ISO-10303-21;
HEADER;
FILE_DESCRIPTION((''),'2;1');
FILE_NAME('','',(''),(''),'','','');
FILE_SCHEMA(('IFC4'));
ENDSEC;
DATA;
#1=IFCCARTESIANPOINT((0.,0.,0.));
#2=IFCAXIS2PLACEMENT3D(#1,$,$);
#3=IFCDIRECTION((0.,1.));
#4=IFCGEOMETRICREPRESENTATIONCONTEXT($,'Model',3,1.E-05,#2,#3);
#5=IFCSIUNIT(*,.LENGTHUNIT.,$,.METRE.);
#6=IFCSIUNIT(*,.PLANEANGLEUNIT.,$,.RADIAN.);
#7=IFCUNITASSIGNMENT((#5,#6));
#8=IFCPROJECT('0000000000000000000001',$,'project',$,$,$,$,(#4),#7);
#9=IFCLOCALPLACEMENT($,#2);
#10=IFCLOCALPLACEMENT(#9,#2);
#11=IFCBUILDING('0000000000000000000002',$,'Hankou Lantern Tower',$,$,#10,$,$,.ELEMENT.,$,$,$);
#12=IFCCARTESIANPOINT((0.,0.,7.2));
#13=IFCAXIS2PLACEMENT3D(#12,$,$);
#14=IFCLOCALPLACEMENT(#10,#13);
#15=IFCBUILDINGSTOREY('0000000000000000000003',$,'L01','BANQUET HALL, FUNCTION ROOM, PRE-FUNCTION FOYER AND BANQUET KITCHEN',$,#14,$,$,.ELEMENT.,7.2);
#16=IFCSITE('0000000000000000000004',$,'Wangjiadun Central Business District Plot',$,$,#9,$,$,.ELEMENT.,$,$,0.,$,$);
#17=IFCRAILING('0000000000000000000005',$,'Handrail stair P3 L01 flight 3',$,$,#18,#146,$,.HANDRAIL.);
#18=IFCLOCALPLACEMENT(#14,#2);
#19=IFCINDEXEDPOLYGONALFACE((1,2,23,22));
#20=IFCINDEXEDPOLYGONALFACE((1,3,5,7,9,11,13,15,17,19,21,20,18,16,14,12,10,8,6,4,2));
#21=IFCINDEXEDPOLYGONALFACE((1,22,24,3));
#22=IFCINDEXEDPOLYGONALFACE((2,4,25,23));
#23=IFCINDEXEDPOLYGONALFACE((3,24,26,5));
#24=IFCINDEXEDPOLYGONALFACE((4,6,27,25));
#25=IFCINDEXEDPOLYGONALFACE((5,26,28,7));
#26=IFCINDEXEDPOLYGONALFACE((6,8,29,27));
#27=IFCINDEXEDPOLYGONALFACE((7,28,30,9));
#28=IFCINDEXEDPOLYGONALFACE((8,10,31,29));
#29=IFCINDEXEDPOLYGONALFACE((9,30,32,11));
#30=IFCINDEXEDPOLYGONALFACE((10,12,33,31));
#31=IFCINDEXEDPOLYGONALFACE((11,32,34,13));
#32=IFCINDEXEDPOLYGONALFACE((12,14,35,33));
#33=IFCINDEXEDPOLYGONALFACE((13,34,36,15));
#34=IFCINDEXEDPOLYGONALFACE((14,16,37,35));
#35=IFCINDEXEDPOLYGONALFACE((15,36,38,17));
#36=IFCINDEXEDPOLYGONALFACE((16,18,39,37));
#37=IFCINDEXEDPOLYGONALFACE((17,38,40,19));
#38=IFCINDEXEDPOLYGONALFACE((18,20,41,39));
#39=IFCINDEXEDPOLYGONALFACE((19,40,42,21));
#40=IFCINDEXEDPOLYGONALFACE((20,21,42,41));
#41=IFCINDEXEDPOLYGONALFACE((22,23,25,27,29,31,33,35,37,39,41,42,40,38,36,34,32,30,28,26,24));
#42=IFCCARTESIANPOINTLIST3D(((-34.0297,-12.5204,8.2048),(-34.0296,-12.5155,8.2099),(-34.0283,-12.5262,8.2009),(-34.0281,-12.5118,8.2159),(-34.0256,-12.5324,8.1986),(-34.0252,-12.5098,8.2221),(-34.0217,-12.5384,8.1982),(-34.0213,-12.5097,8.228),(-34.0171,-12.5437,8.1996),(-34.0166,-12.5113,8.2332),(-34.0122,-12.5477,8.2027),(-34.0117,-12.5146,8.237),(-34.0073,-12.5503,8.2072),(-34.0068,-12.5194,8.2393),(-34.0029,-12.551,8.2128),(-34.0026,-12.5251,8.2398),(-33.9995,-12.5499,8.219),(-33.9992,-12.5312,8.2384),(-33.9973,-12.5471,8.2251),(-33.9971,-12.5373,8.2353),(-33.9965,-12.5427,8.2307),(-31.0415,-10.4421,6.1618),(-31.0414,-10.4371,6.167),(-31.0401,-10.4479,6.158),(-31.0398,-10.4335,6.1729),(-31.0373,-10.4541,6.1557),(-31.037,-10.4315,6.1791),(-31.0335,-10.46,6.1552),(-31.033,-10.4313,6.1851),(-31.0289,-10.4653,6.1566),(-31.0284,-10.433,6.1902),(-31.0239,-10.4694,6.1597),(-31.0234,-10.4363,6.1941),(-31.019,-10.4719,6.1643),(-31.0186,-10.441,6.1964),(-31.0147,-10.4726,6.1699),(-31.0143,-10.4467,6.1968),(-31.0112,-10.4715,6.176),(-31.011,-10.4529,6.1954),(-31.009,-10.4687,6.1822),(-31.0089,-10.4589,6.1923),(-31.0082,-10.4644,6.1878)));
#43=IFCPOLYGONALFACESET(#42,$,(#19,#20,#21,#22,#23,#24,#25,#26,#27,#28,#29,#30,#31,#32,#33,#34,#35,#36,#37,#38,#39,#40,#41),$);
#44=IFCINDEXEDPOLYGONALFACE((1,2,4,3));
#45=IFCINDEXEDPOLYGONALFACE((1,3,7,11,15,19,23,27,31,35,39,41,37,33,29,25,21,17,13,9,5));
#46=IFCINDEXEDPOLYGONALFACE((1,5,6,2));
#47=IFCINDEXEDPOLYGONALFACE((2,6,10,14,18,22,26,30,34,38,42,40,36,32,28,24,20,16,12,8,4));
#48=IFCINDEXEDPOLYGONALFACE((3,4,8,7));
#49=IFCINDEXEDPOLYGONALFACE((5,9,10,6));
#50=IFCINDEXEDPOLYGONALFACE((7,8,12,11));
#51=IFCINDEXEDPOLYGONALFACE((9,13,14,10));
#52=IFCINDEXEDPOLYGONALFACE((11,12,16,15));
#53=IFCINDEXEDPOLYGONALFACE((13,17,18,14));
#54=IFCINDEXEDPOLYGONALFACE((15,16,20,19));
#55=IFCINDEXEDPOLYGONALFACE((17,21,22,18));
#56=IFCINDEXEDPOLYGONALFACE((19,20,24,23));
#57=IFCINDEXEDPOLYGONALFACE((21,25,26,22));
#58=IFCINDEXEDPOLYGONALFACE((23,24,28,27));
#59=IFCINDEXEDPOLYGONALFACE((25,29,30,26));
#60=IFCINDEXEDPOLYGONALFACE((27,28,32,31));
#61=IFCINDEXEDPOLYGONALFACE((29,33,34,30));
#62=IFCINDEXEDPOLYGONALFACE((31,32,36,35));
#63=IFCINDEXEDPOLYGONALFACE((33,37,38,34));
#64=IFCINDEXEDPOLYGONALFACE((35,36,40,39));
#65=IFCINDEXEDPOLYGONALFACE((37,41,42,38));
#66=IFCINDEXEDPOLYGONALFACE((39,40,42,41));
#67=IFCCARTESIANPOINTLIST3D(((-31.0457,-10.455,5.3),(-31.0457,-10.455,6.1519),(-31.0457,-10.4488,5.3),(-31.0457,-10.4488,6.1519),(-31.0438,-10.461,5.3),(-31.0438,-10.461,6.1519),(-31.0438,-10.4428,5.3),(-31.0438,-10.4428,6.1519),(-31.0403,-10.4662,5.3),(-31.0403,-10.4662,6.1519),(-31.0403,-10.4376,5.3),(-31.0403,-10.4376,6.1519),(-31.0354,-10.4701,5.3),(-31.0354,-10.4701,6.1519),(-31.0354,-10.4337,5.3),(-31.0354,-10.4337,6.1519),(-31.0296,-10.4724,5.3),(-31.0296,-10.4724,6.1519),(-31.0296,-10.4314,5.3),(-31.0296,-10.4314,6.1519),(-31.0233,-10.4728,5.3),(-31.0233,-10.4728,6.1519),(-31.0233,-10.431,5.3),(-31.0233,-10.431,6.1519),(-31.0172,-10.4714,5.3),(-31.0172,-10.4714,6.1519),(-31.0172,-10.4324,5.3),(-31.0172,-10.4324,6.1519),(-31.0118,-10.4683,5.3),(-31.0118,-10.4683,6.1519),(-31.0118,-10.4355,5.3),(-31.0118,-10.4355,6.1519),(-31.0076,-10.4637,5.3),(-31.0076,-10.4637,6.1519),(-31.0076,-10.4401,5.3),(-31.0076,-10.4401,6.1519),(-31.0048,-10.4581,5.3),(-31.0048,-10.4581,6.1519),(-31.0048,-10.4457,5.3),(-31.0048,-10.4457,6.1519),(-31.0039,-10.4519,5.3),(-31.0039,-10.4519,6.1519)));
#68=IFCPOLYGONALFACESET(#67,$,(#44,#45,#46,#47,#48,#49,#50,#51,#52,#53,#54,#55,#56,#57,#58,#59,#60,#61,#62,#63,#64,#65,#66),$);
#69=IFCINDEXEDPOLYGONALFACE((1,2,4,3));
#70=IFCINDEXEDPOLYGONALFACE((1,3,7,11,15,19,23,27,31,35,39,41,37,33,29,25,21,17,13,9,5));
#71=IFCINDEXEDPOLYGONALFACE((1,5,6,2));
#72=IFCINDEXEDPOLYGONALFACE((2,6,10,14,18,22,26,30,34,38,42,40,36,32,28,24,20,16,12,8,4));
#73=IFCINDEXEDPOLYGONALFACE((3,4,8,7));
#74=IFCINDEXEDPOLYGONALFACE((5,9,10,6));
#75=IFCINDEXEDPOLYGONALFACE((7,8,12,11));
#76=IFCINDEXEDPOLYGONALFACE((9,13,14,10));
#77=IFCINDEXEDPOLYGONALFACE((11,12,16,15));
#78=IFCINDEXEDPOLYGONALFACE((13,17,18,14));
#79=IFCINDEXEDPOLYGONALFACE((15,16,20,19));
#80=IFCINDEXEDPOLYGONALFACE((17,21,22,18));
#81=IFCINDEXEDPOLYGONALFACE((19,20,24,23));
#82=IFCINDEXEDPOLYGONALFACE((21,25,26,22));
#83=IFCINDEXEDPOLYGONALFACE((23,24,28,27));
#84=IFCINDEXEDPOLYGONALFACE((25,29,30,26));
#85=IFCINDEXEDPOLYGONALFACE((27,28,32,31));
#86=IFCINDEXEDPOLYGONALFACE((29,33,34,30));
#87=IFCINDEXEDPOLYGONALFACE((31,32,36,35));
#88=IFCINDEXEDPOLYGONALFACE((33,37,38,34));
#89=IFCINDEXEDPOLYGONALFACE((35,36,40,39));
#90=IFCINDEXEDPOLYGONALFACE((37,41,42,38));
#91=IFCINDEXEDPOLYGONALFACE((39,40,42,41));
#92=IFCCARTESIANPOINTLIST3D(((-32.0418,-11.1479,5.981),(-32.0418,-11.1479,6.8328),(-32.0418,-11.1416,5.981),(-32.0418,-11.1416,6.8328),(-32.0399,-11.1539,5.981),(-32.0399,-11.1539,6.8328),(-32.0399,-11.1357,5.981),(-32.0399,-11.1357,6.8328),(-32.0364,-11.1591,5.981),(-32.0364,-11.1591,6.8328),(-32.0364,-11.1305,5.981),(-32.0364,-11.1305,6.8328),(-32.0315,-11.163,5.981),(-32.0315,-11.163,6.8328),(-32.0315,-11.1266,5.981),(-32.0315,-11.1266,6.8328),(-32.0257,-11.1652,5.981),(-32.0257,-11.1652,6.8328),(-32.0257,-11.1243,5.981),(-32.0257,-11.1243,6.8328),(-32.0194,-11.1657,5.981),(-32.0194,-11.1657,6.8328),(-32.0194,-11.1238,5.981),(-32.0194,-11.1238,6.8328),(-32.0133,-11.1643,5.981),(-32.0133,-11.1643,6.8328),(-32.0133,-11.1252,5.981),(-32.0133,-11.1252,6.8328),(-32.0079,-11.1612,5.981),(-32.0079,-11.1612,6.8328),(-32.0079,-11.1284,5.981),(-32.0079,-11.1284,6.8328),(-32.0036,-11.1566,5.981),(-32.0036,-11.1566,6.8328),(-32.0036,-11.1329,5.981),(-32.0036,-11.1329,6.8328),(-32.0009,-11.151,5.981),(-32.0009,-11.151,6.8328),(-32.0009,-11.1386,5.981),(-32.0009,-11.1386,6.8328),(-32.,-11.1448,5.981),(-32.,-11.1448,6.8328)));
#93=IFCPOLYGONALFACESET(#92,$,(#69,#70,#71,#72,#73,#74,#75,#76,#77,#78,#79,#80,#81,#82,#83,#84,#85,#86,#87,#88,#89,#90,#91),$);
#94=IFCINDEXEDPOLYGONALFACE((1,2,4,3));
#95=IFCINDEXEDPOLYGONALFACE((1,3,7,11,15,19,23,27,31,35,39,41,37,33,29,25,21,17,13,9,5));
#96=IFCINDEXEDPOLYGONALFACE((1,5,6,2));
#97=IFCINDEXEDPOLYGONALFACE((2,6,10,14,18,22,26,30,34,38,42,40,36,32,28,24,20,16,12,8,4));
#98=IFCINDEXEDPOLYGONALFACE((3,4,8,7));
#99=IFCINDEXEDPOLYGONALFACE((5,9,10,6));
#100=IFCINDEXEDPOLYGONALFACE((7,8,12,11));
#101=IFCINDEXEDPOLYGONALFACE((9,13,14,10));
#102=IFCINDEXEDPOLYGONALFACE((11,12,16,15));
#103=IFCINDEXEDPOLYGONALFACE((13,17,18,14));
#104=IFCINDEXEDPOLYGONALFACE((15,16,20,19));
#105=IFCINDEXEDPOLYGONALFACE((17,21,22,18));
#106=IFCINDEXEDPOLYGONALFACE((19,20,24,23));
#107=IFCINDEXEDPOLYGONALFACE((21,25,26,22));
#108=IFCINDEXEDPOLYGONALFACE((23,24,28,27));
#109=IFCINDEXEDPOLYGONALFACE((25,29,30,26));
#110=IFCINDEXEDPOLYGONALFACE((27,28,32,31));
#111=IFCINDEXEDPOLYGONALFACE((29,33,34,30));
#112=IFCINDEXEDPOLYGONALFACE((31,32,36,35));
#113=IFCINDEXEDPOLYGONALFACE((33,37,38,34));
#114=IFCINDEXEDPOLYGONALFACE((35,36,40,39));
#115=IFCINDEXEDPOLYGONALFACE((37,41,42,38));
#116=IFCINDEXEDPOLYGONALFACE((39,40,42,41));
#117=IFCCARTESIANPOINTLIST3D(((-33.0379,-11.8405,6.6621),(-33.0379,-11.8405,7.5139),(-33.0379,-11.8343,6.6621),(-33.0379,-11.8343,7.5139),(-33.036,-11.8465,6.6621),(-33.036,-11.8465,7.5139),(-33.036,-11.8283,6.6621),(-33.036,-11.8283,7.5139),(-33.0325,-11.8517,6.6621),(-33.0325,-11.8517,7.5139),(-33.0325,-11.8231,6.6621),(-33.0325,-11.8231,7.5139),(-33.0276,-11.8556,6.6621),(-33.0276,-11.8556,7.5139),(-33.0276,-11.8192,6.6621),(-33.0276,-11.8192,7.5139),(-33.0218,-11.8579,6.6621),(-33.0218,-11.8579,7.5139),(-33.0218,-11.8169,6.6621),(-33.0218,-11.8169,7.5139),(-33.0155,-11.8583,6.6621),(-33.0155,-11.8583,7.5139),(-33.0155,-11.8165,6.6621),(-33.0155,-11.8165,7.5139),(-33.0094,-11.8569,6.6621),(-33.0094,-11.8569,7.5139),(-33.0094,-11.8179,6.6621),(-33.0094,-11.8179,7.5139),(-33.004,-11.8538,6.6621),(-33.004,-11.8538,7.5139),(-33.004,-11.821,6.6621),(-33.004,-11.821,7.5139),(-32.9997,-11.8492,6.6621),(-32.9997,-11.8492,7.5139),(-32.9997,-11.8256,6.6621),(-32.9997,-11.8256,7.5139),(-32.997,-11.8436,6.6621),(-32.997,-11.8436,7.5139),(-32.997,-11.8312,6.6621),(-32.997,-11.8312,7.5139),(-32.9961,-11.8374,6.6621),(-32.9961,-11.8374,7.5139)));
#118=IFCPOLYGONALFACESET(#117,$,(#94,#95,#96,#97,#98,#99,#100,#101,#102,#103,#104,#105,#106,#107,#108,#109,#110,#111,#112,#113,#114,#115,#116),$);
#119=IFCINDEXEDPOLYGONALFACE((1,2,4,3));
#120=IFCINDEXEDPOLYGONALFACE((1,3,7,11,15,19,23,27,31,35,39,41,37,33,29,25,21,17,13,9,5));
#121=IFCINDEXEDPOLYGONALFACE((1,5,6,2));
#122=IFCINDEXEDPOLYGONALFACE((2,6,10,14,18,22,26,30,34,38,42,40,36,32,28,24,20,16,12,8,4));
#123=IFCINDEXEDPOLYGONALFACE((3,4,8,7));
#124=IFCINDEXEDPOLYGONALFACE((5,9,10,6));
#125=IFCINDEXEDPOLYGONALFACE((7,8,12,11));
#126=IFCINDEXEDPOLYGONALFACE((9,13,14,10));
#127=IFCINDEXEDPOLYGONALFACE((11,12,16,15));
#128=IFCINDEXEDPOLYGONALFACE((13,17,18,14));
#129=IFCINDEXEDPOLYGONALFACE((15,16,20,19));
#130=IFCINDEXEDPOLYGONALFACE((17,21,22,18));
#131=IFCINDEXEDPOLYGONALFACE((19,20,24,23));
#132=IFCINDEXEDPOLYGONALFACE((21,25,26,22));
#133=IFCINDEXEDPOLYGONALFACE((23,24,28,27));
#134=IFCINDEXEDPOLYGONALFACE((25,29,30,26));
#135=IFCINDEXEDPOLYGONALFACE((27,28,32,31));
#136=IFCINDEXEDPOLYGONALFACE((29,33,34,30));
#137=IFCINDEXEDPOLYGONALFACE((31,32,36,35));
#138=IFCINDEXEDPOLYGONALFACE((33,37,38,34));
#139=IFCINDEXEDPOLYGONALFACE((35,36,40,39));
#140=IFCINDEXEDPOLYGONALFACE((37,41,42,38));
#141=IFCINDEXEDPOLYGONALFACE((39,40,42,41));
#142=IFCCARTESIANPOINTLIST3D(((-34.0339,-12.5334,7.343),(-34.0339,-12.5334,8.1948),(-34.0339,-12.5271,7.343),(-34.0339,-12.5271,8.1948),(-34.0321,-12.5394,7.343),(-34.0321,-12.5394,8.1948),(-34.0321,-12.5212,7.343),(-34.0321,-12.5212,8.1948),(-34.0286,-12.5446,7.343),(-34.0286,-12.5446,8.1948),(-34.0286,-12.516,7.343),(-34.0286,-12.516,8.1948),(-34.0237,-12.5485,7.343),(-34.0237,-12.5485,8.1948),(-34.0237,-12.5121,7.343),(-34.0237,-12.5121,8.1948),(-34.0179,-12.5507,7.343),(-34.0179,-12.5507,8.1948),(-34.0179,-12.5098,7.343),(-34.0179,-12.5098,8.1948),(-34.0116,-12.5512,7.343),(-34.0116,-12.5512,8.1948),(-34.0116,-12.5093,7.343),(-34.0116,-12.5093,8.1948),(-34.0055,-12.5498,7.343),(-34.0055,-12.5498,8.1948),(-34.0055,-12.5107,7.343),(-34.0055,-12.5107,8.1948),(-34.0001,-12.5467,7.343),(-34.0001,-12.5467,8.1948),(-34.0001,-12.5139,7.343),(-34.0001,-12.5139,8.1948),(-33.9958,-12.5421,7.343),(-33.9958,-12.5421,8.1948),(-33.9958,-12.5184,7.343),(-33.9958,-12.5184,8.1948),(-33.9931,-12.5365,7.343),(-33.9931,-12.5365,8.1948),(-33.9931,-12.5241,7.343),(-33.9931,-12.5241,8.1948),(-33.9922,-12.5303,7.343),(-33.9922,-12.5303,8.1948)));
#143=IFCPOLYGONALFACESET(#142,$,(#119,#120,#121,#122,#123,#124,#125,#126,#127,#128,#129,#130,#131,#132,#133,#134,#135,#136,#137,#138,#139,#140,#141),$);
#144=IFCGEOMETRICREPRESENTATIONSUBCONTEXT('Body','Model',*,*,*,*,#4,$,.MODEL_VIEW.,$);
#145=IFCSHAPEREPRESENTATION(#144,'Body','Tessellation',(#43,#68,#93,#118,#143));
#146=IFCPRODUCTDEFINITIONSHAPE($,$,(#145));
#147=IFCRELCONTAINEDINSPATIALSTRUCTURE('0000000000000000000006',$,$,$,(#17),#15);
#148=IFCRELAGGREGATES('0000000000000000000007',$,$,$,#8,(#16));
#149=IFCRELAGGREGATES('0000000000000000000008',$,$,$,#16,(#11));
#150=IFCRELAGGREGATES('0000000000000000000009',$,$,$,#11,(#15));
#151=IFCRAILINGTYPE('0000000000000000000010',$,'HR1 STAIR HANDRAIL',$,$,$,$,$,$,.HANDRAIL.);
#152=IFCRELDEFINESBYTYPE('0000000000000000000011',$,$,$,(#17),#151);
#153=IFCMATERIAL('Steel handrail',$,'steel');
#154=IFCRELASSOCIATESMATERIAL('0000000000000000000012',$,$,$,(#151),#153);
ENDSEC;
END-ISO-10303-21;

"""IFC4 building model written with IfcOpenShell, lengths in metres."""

from ifc_helpers import new_model, si_unit, direction, frame, origin, origin_2d, place, context, subcontext, project, spatial, circle, extrude, material, type_object, element, save


model = new_model("IFC4")

# Units and contexts
model_context = context("Model", 3, precision=1e-05, world=origin(), true_north=direction((0.0, 1.0)))
body_context = subcontext(model_context, "Body", "Model", "MODEL_VIEW")
ifc_project = project(units=[si_unit("LENGTHUNIT", "METRE"), si_unit("PLANEANGLEUNIT", "RADIAN")], contexts=[model_context])

# Site, building, storey
site_placement = place(None, origin())
site = spatial("IfcSite", under=ifc_project, at=site_placement, Name="Wangjiadun Central Business District Plot", CompositionType="ELEMENT", RefElevation=0.0)
building_placement = place(site_placement, origin())
building = spatial("IfcBuilding", under=site, at=building_placement, Name="Hankou Lantern Tower", CompositionType="ELEMENT")
storey_placement = place(building_placement, frame((0.0, 0.0, 7.2)))
storey = spatial("IfcBuildingStorey", under=building, at=storey_placement, Name="L01", Description="BANQUET HALL, FUNCTION ROOM, PRE-FUNCTION FOYER AND BANQUET KITCHEN", CompositionType="ELEMENT", Elevation=7.2)

# Railing
ifc_material_1 = material(Name="Steel handrail", Category="steel")
railing_type = type_object("IfcRailingType", Name="HR1 STAIR HANDRAIL", PredefinedType="HANDRAIL", material=ifc_material_1)
railing_1_placement = place(storey_placement, frame((-31.0249, -10.4519, 5.3)))
element("IfcRailing", 1, at=railing_1_placement, inside=storey, type_object=railing_type, Name="Handrail stair P3 L01 flight 3", PredefinedType="HANDRAIL", context=body_context, shape_type="SweptSolid", body=[
    extrude(circle(Radius=0.0239, at=origin_2d()), frame((0.0, 0.0, 0.876), z_axis=(-0.715909, -0.49792, 0.489439), x_axis=(0.570984, -0.820961, 0.0)), (0.0, 0.0, 1.0), 4.1741),
    extrude(circle(Radius=0.021, at=origin_2d()), origin(), (0.0, 0.0, 1.0), 0.8518),
    extrude(circle(Radius=0.021, at=origin_2d()), frame((-0.9961, -0.6929, 0.6809)), (0.0, 0.0, 1.0), 0.8518),
    extrude(circle(Radius=0.021, at=origin_2d()), frame((-1.9922, -1.3855, 1.3621)), (0.0, 0.0, 1.0), 0.8518),
    extrude(circle(Radius=0.021, at=origin_2d()), frame((-2.9883, -2.0784, 2.043)), (0.0, 0.0, 1.0), 0.8518),
])

save(model, "model.ifc")
